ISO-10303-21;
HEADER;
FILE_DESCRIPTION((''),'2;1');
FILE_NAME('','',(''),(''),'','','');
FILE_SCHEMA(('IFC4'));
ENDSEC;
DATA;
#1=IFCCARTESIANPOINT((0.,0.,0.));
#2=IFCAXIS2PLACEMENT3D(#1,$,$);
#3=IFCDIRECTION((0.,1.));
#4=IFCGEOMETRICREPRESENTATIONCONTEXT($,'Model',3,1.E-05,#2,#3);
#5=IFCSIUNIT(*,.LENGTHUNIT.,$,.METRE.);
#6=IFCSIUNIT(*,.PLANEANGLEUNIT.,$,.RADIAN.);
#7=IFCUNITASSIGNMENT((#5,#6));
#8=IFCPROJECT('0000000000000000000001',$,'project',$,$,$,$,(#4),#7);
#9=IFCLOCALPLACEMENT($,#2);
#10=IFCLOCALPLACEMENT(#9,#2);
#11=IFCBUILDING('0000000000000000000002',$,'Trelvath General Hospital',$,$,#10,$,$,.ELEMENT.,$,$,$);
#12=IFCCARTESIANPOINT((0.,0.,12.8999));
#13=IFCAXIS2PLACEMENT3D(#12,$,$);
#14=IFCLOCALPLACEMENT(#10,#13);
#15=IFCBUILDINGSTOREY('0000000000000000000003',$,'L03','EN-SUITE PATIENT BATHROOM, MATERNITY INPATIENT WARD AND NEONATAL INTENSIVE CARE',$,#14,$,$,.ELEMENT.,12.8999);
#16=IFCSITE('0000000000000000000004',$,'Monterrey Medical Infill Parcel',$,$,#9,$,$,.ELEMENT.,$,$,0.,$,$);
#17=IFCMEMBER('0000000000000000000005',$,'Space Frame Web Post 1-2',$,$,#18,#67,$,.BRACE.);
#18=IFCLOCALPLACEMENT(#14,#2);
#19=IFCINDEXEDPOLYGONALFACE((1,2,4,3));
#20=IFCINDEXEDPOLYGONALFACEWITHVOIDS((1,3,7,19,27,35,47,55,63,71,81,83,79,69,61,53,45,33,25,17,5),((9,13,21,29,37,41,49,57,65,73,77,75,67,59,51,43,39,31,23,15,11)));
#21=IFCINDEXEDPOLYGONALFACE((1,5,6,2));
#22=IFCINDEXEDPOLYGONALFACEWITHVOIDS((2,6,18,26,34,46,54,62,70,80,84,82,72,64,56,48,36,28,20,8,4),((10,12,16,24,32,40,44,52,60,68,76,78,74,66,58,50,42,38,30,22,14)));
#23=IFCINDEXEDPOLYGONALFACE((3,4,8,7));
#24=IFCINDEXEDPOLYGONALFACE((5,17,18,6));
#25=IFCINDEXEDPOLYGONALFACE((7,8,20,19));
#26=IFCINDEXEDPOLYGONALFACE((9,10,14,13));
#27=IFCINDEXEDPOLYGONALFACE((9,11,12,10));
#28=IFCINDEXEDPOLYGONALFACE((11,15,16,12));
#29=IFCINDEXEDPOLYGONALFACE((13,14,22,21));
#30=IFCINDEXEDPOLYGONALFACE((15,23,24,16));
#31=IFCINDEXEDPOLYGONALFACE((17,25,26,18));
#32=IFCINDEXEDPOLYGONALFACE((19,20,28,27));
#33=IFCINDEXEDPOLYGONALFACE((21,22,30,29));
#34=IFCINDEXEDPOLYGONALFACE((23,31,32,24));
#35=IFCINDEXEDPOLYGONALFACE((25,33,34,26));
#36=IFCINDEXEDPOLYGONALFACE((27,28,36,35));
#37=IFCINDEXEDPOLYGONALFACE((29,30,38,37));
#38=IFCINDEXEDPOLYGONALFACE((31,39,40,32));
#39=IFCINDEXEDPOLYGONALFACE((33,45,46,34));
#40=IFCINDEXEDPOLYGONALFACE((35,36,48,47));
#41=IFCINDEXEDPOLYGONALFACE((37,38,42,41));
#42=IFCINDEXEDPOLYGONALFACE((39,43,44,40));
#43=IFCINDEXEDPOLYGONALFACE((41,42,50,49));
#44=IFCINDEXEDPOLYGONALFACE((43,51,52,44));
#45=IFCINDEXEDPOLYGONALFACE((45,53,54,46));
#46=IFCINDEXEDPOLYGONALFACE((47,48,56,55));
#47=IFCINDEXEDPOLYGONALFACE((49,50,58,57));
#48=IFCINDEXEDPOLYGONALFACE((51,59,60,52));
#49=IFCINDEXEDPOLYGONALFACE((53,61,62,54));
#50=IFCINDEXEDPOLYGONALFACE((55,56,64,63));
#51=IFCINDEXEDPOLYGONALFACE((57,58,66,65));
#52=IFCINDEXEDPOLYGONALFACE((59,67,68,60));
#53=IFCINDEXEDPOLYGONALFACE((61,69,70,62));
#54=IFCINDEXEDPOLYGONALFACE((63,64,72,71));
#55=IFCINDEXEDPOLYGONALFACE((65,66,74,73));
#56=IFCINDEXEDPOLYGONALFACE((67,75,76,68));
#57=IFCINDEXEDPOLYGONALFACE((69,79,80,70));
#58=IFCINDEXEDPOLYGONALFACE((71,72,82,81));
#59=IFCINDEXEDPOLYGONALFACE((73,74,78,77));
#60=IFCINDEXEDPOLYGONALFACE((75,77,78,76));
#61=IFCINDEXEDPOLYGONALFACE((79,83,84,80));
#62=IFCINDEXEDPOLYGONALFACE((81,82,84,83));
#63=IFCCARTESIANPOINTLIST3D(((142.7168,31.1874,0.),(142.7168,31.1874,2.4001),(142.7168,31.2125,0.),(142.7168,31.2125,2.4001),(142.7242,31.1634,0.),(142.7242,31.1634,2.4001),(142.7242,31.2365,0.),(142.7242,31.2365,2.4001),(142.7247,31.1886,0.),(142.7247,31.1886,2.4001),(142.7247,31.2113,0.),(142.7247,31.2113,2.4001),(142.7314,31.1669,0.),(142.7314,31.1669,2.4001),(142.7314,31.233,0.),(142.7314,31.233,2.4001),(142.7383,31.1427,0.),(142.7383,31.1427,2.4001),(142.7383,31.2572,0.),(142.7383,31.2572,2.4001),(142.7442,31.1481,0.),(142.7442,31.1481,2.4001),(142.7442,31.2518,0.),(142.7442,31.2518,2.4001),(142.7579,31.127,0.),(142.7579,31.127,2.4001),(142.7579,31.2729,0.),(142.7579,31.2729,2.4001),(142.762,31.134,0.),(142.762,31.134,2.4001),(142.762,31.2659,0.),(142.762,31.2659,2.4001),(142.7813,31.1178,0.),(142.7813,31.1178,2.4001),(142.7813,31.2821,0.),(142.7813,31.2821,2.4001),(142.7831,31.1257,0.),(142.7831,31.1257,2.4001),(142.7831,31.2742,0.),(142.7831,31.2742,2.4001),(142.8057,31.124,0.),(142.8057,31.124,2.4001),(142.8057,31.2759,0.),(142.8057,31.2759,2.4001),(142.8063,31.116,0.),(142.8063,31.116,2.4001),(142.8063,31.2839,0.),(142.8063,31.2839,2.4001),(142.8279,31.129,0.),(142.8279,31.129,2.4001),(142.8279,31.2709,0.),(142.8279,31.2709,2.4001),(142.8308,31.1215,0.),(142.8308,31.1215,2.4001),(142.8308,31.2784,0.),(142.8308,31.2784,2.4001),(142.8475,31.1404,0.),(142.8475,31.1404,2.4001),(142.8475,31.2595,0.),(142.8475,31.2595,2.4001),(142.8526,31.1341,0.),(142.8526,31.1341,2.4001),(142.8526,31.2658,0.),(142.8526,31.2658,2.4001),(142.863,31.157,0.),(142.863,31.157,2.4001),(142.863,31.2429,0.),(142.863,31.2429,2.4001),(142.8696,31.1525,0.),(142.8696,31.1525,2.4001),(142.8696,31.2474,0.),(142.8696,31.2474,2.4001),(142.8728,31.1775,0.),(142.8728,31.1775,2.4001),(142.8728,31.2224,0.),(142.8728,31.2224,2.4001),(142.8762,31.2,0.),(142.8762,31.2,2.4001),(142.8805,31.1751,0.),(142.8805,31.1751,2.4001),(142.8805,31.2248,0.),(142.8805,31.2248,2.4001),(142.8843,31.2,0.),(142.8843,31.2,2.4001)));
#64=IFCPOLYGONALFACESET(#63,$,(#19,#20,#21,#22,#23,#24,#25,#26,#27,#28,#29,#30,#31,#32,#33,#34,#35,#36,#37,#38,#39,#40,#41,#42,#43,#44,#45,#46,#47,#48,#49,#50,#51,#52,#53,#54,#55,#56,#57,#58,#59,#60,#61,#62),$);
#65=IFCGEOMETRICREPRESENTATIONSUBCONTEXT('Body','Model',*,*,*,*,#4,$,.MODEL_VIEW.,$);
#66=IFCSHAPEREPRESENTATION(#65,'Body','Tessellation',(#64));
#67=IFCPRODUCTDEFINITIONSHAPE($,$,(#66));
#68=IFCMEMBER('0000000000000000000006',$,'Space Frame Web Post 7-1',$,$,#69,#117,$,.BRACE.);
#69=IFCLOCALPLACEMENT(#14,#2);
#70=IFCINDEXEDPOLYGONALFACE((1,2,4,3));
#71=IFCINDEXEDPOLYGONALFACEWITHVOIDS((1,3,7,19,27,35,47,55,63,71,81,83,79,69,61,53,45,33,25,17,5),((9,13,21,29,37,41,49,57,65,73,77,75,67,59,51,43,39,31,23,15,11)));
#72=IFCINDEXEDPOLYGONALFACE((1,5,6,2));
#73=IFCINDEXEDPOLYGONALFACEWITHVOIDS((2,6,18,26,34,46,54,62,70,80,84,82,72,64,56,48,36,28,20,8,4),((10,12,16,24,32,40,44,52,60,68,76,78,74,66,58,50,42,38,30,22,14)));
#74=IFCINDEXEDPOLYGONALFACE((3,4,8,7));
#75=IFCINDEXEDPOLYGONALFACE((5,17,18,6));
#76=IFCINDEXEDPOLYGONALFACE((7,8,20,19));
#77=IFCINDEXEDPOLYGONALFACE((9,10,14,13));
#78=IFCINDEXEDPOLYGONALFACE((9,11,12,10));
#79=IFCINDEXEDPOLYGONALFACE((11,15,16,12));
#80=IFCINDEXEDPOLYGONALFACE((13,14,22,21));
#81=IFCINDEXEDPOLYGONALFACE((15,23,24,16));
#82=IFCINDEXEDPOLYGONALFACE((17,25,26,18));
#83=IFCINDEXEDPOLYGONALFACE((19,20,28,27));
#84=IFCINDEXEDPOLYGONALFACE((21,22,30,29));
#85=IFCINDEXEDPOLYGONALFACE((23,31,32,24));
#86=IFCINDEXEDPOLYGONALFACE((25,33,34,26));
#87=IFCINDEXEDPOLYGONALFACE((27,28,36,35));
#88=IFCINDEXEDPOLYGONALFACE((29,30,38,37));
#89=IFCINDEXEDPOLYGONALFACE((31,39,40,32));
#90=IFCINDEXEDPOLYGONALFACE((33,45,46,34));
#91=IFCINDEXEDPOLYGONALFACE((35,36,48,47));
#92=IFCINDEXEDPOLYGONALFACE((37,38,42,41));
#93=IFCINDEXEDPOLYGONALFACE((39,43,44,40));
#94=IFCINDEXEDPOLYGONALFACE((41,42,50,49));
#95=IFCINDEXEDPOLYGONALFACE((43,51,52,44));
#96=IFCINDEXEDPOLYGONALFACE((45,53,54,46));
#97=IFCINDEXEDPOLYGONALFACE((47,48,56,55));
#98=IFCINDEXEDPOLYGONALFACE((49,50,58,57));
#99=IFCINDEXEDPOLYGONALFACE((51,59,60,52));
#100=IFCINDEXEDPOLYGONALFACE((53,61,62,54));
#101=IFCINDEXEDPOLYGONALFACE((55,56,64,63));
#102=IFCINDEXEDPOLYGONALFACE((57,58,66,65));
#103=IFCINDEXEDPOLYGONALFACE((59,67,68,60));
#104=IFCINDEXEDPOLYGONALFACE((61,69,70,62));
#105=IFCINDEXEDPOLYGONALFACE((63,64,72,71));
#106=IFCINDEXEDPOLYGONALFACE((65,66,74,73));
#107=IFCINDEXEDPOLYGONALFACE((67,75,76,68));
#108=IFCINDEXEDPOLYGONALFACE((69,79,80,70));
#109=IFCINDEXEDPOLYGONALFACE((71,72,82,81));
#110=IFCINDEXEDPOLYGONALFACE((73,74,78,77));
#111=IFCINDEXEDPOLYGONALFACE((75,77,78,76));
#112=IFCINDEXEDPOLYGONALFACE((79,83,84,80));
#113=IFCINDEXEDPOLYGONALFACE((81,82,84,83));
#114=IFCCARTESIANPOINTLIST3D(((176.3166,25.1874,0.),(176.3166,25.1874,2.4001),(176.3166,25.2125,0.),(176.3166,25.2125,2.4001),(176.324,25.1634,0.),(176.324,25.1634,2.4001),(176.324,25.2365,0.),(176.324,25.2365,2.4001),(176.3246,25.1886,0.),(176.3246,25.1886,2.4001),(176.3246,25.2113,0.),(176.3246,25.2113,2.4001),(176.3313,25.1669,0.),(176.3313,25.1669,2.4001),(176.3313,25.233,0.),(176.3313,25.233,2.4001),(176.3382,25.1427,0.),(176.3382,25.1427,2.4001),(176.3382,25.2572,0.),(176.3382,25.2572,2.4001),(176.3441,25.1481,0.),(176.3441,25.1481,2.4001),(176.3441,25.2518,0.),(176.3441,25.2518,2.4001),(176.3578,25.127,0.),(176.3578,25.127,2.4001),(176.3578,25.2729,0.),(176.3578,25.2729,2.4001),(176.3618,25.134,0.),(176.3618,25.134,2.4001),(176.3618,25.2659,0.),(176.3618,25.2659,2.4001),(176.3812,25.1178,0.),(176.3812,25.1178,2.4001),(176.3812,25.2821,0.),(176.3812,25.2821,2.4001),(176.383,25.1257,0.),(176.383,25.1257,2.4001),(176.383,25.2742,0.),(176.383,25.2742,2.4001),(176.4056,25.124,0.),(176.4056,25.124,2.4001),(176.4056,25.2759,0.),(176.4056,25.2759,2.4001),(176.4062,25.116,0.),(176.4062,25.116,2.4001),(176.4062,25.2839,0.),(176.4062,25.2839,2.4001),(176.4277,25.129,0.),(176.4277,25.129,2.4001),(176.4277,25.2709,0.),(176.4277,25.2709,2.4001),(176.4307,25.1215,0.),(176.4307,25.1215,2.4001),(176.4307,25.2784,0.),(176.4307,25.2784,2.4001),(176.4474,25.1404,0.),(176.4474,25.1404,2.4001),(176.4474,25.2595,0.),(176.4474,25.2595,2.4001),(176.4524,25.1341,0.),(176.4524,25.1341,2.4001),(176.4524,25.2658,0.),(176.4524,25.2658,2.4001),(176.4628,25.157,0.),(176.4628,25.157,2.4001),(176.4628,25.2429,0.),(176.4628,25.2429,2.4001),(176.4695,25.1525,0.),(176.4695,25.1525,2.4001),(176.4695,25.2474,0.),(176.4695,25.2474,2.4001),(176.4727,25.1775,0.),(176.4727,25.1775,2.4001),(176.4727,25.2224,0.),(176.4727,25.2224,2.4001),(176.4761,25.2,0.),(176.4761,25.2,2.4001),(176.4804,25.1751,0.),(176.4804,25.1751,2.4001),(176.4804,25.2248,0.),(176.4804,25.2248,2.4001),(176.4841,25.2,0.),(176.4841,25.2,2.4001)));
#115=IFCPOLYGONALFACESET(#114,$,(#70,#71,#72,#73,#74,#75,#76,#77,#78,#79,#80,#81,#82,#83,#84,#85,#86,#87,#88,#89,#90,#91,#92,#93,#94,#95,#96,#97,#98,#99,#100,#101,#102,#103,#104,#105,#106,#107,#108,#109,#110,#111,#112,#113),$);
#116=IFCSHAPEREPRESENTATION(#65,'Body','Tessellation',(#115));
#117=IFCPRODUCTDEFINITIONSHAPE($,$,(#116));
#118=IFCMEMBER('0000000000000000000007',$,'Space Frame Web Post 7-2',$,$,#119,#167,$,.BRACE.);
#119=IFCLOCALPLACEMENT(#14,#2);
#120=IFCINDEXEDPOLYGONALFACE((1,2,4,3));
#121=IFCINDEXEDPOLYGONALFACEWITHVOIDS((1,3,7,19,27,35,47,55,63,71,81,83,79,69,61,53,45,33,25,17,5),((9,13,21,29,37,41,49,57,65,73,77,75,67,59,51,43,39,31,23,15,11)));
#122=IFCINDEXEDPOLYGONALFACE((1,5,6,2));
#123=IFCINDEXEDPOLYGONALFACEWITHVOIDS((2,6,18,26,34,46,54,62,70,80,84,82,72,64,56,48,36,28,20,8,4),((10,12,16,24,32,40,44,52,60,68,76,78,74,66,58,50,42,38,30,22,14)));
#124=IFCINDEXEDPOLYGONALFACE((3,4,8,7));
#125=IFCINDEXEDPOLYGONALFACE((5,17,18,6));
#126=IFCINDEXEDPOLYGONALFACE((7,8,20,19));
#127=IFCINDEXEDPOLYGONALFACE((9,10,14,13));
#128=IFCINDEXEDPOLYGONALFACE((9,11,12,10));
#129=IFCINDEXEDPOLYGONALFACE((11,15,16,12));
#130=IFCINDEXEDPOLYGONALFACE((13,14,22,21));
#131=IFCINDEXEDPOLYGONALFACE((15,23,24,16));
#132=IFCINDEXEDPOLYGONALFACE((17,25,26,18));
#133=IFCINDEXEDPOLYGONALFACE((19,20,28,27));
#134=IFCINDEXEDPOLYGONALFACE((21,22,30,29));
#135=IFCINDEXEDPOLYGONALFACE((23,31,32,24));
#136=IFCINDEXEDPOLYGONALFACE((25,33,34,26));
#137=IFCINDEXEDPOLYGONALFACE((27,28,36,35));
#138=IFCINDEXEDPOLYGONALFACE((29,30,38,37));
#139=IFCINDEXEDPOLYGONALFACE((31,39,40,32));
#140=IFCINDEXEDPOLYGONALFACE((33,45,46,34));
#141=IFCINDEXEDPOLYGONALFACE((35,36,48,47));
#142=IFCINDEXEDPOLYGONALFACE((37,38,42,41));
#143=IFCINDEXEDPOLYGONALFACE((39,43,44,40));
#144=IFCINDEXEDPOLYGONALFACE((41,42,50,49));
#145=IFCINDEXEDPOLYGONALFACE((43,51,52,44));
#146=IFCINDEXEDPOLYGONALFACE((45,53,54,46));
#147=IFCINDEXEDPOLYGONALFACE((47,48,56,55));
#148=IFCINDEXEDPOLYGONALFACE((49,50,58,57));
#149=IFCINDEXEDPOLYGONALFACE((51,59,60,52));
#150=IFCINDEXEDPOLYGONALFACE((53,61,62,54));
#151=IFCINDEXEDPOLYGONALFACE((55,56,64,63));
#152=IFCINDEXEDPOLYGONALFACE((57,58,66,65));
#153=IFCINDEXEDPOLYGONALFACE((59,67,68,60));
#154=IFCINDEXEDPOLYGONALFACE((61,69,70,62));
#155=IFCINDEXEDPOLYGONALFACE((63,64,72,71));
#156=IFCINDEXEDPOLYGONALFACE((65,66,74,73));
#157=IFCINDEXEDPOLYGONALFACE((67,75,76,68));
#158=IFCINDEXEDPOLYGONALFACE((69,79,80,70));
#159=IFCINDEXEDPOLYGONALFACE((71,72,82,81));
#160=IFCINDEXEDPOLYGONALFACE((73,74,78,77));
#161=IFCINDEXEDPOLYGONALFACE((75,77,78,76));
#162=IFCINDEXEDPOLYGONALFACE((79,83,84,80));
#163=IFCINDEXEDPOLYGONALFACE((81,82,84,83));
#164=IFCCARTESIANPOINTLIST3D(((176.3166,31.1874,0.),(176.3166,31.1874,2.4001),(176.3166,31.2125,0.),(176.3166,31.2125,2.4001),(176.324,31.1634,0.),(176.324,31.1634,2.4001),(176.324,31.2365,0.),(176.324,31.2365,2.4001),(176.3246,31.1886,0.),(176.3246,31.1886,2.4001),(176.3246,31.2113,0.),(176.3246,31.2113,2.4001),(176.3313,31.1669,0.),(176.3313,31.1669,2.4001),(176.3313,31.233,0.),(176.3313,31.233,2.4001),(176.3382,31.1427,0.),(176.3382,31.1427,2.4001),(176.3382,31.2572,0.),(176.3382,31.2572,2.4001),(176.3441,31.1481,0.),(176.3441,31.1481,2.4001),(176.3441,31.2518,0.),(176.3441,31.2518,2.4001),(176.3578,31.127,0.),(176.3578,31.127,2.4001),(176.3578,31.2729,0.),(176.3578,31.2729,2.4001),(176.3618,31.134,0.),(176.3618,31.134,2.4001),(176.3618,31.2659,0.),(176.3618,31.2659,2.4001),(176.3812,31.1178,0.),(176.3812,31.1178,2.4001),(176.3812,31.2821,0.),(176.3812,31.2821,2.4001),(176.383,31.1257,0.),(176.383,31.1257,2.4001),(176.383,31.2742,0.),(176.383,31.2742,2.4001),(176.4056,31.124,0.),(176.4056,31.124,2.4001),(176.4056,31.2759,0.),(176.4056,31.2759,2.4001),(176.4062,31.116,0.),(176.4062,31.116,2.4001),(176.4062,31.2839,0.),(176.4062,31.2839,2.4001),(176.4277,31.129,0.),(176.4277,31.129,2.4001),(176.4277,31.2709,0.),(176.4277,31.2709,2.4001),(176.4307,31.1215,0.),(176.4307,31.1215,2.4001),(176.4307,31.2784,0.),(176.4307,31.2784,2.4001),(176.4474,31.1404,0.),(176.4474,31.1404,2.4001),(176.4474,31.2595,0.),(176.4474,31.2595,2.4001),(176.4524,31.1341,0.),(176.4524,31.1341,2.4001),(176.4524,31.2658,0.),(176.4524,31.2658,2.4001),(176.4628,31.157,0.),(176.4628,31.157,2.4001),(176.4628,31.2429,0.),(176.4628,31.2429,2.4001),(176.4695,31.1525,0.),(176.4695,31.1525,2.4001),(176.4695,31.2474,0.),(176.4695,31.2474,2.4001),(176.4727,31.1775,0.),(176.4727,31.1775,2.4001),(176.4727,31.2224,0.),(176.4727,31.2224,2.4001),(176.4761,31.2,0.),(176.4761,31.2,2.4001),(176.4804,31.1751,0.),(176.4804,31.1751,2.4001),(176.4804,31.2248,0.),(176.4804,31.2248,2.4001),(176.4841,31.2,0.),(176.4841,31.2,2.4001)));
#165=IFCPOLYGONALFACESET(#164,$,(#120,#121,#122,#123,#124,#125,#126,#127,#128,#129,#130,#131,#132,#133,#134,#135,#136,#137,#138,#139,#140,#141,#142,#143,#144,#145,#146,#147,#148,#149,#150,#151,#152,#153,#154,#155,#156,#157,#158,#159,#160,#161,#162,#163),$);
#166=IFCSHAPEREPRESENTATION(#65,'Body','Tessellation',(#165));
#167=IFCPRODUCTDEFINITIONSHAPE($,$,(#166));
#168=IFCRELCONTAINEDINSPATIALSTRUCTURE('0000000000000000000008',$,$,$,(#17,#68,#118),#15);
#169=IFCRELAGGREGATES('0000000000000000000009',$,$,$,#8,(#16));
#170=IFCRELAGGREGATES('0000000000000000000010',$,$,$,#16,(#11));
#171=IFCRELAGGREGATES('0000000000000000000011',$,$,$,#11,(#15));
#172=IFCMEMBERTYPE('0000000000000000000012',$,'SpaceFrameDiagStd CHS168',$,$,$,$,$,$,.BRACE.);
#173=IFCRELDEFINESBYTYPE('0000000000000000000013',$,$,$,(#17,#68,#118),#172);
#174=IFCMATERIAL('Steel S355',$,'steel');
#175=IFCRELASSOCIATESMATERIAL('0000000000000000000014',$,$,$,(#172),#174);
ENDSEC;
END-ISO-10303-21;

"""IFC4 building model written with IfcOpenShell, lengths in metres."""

from ifc_helpers import new_model, si_unit, direction, frame, origin, origin_2d, place, context, subcontext, project, spatial, hollow_circle, extrude, material, material_profile, profile_set, type_object, element, save


model = new_model("IFC4")

# Units and contexts
model_context = context("Model", 3, precision=1e-05, world=origin(), true_north=direction((0.0, 1.0)))
body_context = subcontext(model_context, "Body", "Model", "MODEL_VIEW")
ifc_project = project(units=[si_unit("LENGTHUNIT", "METRE"), si_unit("PLANEANGLEUNIT", "RADIAN")], contexts=[model_context])

# Site, building, storey
site_placement = place(None, origin())
site = spatial("IfcSite", under=ifc_project, at=site_placement, Name="Monterrey Medical Infill Parcel", CompositionType="ELEMENT", RefElevation=0.0)
building_placement = place(site_placement, origin())
building = spatial("IfcBuilding", under=site, at=building_placement, Name="Trelvath General Hospital", CompositionType="ELEMENT")
storey_placement = place(building_placement, frame((0.0, 0.0, 12.8999)))
storey = spatial("IfcBuildingStorey", under=building, at=storey_placement, Name="L03", Description="EN-SUITE PATIENT BATHROOM, MATERNITY INPATIENT WARD AND NEONATAL INTENSIVE CARE", CompositionType="ELEMENT", Elevation=12.8999)

# Members
ifc_material_1 = material(Name="Steel S355", Category="steel")
ifc_material_profile_1 = material_profile(ifc_material_1, hollow_circle(Radius=0.0842, WallThickness=0.0081, at=origin_2d()), Name="CHS168.3x8.0")
ifc_profile_set_1 = profile_set([ifc_material_profile_1], Name="Steel S355")
member_type_1 = type_object("IfcMemberType", Name="SpaceFrameDiagStd CHS168", PredefinedType="BRACE", material=ifc_profile_set_1)
for number, where, z_axis, x_axis, name in (
    (1, (142.8, 31.2, 0.0), (0.0, 0.0, 1.0), (1.0, 0.0, 0.0), "Space Frame Web Post 1-2"),
    (2, (176.3999, 25.2, 0.0), (0.0, 0.0, 1.0), (1.0, 0.0, 0.0), "Space Frame Web Post 7-1"),
    (3, (176.3999, 31.2, 0.0), (0.0, 0.0, 1.0), (1.0, 0.0, 0.0), "Space Frame Web Post 7-2"),
):
    element("IfcMember", number, at=place(storey_placement, frame(where, z_axis=z_axis, x_axis=x_axis)), inside=storey, type_object=member_type_1, Name=name, PredefinedType="BRACE", context=body_context, shape_type="SweptSolid", body=[
        extrude(hollow_circle(Radius=0.0842, WallThickness=0.0081, at=origin_2d()), origin(), (0.0, 0.0, 1.0), 2.4001),
    ])

save(model, "model.ifc")
